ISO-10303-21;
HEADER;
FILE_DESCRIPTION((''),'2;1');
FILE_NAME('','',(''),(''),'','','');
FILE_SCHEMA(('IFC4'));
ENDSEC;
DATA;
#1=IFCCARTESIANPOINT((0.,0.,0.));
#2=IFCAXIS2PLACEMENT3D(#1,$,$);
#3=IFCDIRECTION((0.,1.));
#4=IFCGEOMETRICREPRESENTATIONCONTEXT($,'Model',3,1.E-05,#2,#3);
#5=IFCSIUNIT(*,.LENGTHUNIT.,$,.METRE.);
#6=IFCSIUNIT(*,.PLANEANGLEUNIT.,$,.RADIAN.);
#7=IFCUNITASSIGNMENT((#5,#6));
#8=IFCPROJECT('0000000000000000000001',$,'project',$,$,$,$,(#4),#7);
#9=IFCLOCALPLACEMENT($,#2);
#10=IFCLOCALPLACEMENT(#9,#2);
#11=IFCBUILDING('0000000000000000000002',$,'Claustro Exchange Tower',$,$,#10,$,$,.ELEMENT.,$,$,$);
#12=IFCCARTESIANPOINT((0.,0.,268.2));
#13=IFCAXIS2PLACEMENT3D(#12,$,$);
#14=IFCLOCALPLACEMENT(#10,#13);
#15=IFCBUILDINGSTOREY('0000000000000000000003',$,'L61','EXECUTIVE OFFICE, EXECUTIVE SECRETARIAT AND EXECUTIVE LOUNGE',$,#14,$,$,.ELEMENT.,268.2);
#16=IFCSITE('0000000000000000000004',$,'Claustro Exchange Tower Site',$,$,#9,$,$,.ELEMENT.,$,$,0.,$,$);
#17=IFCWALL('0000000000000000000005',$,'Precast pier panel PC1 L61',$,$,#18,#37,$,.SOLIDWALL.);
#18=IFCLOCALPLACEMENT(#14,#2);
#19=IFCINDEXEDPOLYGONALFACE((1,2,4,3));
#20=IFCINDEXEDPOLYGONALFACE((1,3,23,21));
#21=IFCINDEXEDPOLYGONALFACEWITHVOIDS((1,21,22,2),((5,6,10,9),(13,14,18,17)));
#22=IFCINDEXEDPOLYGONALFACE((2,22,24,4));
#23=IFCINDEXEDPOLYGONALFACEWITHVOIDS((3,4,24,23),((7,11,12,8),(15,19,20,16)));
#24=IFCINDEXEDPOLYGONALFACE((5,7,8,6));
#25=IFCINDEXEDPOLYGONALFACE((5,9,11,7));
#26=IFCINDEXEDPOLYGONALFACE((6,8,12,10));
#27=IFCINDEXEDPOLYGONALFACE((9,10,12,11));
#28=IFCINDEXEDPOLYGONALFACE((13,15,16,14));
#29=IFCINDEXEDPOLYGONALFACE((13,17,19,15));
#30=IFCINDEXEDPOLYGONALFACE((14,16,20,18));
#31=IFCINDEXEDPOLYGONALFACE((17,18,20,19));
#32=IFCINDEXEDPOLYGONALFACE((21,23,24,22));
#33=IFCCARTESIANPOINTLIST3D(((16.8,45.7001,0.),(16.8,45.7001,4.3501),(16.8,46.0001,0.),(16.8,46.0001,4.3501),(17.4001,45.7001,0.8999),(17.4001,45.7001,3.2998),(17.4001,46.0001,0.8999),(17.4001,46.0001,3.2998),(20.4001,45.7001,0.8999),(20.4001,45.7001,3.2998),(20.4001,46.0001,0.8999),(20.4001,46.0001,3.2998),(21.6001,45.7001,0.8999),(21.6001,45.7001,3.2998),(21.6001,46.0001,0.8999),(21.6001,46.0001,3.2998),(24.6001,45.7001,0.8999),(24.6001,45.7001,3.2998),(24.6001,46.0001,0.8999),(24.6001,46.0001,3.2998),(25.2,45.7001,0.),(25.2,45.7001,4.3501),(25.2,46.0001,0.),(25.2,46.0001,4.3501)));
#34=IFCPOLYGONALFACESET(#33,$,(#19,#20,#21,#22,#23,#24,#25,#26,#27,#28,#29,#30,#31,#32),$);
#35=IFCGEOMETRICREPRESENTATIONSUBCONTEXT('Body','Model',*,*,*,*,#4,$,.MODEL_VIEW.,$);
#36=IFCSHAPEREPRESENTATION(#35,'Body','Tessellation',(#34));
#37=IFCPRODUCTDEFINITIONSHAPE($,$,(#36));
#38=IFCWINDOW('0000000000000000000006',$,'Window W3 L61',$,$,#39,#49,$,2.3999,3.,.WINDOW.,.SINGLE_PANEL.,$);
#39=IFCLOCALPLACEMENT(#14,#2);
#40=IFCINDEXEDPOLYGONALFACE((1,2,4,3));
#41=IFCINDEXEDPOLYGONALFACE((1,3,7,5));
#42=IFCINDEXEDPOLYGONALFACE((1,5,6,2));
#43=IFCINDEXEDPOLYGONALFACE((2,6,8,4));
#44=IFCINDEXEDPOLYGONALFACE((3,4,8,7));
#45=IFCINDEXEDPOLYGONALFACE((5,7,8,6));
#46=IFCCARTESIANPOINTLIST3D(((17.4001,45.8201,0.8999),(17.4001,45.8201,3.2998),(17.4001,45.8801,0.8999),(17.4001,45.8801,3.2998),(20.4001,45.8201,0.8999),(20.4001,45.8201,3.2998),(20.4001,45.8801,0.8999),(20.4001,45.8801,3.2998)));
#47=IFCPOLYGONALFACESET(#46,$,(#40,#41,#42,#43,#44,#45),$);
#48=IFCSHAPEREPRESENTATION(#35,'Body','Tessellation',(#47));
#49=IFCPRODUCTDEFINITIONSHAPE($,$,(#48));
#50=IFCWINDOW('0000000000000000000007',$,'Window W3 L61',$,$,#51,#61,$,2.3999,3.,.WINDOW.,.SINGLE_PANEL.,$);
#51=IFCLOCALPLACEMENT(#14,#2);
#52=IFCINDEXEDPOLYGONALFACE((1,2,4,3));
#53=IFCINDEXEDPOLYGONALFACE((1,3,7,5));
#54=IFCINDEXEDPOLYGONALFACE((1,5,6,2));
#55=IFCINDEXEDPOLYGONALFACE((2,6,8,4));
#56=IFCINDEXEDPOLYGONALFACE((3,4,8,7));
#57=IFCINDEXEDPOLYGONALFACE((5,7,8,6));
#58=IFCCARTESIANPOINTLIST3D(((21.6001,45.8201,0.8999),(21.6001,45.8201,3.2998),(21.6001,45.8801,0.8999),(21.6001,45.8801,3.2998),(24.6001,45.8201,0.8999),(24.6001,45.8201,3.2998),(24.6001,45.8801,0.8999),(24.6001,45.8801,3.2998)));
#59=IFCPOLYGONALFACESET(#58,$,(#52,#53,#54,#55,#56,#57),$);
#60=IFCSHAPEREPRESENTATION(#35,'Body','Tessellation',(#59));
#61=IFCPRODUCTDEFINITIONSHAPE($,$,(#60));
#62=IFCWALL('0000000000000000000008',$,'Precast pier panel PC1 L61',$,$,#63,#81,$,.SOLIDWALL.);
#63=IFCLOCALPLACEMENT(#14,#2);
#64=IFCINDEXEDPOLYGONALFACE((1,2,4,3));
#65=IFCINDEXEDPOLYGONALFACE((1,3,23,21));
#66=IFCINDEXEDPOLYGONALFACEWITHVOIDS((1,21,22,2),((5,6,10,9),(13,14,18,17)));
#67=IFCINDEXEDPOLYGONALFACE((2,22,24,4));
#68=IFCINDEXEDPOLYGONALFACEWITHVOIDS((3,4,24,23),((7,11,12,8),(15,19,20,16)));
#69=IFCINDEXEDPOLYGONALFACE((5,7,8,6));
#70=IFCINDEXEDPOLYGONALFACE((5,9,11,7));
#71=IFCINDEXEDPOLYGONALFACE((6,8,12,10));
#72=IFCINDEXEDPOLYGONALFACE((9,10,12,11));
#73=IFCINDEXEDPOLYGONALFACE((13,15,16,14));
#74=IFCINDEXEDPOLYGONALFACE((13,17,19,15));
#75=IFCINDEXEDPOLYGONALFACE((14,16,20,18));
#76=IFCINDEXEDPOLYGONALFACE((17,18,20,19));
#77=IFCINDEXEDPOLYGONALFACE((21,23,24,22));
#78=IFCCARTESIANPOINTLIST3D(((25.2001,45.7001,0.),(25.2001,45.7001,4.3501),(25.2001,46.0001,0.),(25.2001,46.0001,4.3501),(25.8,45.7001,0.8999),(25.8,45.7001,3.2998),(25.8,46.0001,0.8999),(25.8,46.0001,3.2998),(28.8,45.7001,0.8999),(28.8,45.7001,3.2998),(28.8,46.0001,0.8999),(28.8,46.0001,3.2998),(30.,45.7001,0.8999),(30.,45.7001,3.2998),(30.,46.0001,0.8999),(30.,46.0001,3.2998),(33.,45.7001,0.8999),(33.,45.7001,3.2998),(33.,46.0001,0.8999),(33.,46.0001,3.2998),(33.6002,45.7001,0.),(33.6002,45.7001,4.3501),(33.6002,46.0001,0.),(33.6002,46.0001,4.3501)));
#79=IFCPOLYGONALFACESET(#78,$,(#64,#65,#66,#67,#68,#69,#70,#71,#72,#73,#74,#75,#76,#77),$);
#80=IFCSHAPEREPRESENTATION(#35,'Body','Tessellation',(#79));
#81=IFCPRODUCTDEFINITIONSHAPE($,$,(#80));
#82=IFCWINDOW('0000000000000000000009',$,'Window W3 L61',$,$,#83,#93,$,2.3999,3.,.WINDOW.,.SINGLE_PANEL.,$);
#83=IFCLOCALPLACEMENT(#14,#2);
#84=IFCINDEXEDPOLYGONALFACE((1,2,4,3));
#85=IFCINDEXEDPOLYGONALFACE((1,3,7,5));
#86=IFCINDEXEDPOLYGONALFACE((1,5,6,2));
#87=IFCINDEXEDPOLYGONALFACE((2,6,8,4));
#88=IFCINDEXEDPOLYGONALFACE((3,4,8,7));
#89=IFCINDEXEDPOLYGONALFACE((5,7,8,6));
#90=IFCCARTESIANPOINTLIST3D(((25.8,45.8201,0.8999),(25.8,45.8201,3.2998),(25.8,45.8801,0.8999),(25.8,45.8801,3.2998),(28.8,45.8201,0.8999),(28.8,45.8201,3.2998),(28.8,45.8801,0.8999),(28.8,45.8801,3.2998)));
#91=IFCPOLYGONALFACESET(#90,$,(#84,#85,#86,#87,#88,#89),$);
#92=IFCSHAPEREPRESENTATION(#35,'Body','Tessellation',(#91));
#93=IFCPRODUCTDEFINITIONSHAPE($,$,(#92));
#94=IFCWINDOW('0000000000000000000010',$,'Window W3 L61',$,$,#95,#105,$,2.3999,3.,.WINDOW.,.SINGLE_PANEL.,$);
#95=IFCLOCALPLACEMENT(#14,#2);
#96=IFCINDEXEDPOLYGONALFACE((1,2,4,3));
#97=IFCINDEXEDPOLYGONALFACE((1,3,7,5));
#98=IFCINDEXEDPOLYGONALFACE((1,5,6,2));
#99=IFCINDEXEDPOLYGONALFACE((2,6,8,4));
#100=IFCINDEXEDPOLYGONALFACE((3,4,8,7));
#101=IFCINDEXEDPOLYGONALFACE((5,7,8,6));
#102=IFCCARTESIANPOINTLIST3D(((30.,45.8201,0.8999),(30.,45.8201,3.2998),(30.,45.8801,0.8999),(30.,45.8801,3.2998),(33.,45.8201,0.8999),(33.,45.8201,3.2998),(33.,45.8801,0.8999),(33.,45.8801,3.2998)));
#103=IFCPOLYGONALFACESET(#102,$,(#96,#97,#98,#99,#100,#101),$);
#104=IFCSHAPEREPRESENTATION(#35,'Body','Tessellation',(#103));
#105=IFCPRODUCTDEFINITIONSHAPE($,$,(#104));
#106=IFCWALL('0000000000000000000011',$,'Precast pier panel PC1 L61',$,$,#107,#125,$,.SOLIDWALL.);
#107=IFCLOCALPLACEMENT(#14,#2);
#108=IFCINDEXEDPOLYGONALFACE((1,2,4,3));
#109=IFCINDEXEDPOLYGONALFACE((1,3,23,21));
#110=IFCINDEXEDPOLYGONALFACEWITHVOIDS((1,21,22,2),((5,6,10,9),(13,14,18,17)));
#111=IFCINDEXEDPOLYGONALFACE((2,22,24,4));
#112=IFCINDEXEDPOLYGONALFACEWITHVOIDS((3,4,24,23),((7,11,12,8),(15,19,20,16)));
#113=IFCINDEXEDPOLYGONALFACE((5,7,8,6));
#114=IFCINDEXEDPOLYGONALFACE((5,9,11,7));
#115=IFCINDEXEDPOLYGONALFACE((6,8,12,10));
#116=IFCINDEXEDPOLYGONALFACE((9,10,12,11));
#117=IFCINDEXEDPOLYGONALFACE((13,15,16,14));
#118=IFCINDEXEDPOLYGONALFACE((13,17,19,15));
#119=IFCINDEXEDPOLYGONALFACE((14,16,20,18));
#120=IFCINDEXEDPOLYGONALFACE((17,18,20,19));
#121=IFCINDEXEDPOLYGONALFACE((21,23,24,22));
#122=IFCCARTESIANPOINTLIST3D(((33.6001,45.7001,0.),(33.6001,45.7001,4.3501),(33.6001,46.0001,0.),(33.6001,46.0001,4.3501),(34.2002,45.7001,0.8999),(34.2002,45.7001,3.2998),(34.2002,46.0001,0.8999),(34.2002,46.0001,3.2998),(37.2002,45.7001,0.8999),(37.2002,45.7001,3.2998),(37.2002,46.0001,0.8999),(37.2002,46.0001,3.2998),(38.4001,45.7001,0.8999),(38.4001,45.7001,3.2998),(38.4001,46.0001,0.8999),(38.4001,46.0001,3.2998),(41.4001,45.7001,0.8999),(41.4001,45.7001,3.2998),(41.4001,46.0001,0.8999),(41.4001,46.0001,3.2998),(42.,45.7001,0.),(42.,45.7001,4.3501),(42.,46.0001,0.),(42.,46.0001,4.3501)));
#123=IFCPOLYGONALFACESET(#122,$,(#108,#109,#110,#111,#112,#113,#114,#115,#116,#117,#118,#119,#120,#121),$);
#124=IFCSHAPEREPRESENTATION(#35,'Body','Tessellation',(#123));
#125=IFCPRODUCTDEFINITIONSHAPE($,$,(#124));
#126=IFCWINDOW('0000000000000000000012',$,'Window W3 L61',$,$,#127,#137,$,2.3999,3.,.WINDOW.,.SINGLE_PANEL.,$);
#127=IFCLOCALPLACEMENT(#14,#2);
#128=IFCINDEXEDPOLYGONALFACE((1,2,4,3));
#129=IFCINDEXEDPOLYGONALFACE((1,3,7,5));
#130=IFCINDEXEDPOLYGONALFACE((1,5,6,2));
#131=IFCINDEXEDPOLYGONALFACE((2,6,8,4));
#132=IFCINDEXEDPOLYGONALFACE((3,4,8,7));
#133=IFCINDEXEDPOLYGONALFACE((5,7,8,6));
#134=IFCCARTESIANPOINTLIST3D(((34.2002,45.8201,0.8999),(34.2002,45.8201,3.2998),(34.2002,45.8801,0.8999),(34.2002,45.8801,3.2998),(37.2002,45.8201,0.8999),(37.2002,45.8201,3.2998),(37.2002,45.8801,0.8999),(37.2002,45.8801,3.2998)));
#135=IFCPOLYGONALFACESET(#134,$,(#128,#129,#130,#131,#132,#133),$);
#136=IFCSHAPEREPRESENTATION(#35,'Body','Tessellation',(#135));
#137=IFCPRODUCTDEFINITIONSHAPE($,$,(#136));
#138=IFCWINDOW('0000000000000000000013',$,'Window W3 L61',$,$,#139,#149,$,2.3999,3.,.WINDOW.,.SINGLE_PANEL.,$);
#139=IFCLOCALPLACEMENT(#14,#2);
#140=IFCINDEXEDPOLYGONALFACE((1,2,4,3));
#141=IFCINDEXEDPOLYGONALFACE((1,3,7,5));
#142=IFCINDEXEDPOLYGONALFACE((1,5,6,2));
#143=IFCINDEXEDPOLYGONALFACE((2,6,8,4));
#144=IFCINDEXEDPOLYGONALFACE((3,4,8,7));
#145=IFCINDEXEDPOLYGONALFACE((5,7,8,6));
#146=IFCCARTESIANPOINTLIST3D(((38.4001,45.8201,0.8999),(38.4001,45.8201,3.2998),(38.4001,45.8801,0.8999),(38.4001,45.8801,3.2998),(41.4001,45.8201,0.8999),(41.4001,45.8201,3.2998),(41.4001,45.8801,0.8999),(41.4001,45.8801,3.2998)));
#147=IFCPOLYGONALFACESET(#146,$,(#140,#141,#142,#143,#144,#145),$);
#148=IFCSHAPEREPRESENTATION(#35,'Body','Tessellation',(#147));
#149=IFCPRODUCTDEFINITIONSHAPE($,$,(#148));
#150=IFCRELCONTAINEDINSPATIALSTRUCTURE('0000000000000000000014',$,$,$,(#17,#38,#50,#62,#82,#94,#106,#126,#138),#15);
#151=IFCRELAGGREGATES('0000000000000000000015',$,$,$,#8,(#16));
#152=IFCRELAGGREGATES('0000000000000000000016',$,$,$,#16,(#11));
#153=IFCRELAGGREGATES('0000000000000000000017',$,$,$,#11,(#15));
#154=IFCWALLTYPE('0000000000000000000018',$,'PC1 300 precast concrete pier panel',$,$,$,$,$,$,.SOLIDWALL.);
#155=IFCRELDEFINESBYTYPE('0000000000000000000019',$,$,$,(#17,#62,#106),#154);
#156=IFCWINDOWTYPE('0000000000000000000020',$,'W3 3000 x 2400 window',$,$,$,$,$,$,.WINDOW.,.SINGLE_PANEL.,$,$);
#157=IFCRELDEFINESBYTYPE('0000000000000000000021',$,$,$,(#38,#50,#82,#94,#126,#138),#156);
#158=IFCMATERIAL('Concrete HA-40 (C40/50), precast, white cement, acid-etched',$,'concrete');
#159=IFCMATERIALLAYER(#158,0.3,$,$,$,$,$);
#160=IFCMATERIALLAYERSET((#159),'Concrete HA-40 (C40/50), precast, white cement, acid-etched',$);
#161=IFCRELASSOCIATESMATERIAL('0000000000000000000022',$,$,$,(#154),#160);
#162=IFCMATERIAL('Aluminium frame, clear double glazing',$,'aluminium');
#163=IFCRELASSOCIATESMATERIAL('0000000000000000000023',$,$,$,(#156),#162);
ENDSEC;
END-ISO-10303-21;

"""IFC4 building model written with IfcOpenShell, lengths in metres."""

from ifc_helpers import new_model, si_unit, direction, frame, frame_2d, origin, place, context, subcontext, project, spatial, rectangle, extrude, material, layer, layer_set, type_object, element, fill, save


model = new_model("IFC4")

# Units and contexts
model_context = context("Model", 3, precision=1e-05, world=origin(), true_north=direction((0.0, 1.0)))
body_context = subcontext(model_context, "Body", "Model", "MODEL_VIEW")
ifc_project = project(units=[si_unit("LENGTHUNIT", "METRE"), si_unit("PLANEANGLEUNIT", "RADIAN")], contexts=[model_context])

# Site, building, storey
site_placement = place(None, origin())
site = spatial("IfcSite", under=ifc_project, at=site_placement, Name="Claustro Exchange Tower Site", CompositionType="ELEMENT", RefElevation=0.0)
building_placement = place(site_placement, origin())
building = spatial("IfcBuilding", under=site, at=building_placement, Name="Claustro Exchange Tower", CompositionType="ELEMENT")
storey_placement = place(building_placement, frame((0.0, 0.0, 268.2)))
storey = spatial("IfcBuildingStorey", under=building, at=storey_placement, Name="L61", Description="EXECUTIVE OFFICE, EXECUTIVE SECRETARIAT AND EXECUTIVE LOUNGE", CompositionType="ELEMENT", Elevation=268.2)

# Walls, openings, windows
ifc_material_1 = material(Name="Concrete HA-40 (C40/50), precast, white cement, acid-etched", Category="concrete")
ifc_layer_1 = layer(ifc_material_1, 0.3)
ifc_layer_set_1 = layer_set([ifc_layer_1], Name="Concrete HA-40 (C40/50), precast, white cement, acid-etched")
wall_type_1 = type_object("IfcWallType", Name="PC1 300 precast concrete pier panel", PredefinedType="SOLIDWALL", material=ifc_layer_set_1)
wall_1_placement = place(storey_placement, frame((16.8, 45.8501, 0.0), z_axis=(0.0, 0.0, 1.0), x_axis=(1.0, 0.0, 0.0)))
wall_1 = element("IfcWall", 1, at=wall_1_placement, inside=storey, type_object=wall_type_1, Name="Precast pier panel PC1 L61", PredefinedType="SOLIDWALL", context=body_context, shape_type="SweptSolid", body=[
    extrude(rectangle(XDim=8.3999, YDim=0.3, at=frame_2d((4.2, 0.0))), origin(), (0.0, 0.0, 1.0), 4.3501),
])
opening_1_placement = place(wall_1_placement, frame((0.6001, 0.0, 0.8999)))
opening_1 = element("IfcOpeningElement", 2, at=opening_1_placement, cuts=wall_1, PredefinedType="OPENING", context=body_context, shape_type="SweptSolid", body=[
    extrude(rectangle(XDim=3.0, YDim=2.3999, at=frame_2d((1.5, 1.2))), frame((0.0, 0.1599, 0.0), z_axis=(0.0, -1.0, 0.0), x_axis=(1.0, 0.0, 0.0)), (0.0, 0.0, 1.0), 0.3201),
])
opening_2_placement = place(wall_1_placement, frame((4.8, 0.0, 0.8999)))
opening_2 = element("IfcOpeningElement", 3, at=opening_2_placement, cuts=wall_1, PredefinedType="OPENING", context=body_context, shape_type="SweptSolid", body=[
    extrude(rectangle(XDim=3.0, YDim=2.3999, at=frame_2d((1.5, 1.2))), frame((0.0, 0.1599, 0.0), z_axis=(0.0, -1.0, 0.0), x_axis=(1.0, 0.0, 0.0)), (0.0, 0.0, 1.0), 0.3201),
])
ifc_material_2 = material(Name="Aluminium frame, clear double glazing", Category="aluminium")
window_type = type_object("IfcWindowType", Name="W3 3000 x 2400 window", PartitioningType="SINGLE_PANEL", PredefinedType="WINDOW", material=ifc_material_2)
window_1_placement = place(opening_1_placement, origin())
window_1 = element("IfcWindow", 4, at=window_1_placement, inside=storey, type_object=window_type, Name="Window W3 L61", OverallHeight=2.3999, OverallWidth=3.0, PartitioningType="SINGLE_PANEL", PredefinedType="WINDOW", context=body_context, shape_type="SweptSolid", body=[
    extrude(rectangle(XDim=3.0, YDim=2.3999, at=frame_2d((1.5, 1.2))), frame((0.0, 0.03, 0.0), z_axis=(0.0, -1.0, 0.0), x_axis=(1.0, 0.0, 0.0)), (0.0, 0.0, 1.0), 0.0601),
])
fill(opening_1, window_1)
window_2_placement = place(opening_2_placement, origin())
window_2 = element("IfcWindow", 5, at=window_2_placement, inside=storey, type_object=window_type, Name="Window W3 L61", OverallHeight=2.3999, OverallWidth=3.0, PartitioningType="SINGLE_PANEL", PredefinedType="WINDOW", context=body_context, shape_type="SweptSolid", body=[
    extrude(rectangle(XDim=3.0, YDim=2.3999, at=frame_2d((1.5, 1.2))), frame((0.0, 0.03, 0.0), z_axis=(0.0, -1.0, 0.0), x_axis=(1.0, 0.0, 0.0)), (0.0, 0.0, 1.0), 0.0601),
])
fill(opening_2, window_2)
wall_2_placement = place(storey_placement, frame((25.2, 45.8501, 0.0), z_axis=(0.0, 0.0, 1.0), x_axis=(1.0, 0.0, 0.0)))
wall_2 = element("IfcWall", 6, at=wall_2_placement, inside=storey, type_object=wall_type_1, Name="Precast pier panel PC1 L61", PredefinedType="SOLIDWALL", context=body_context, shape_type="SweptSolid", body=[
    extrude(rectangle(XDim=8.4001, YDim=0.3, at=frame_2d((4.2002, 0.0))), origin(), (0.0, 0.0, 1.0), 4.3501),
])
opening_3_placement = place(wall_2_placement, frame((0.6001, 0.0, 0.8999)))
opening_3 = element("IfcOpeningElement", 7, at=opening_3_placement, cuts=wall_2, PredefinedType="OPENING", context=body_context, shape_type="SweptSolid", body=[
    extrude(rectangle(XDim=3.0, YDim=2.3999, at=frame_2d((1.5, 1.2))), frame((0.0, 0.1599, 0.0), z_axis=(0.0, -1.0, 0.0), x_axis=(1.0, 0.0, 0.0)), (0.0, 0.0, 1.0), 0.3201),
])
opening_4_placement = place(wall_2_placement, frame((4.8, 0.0, 0.8999)))
opening_4 = element("IfcOpeningElement", 8, at=opening_4_placement, cuts=wall_2, PredefinedType="OPENING", context=body_context, shape_type="SweptSolid", body=[
    extrude(rectangle(XDim=3.0, YDim=2.3999, at=frame_2d((1.5, 1.2))), frame((0.0, 0.1599, 0.0), z_axis=(0.0, -1.0, 0.0), x_axis=(1.0, 0.0, 0.0)), (0.0, 0.0, 1.0), 0.3201),
])
window_3_placement = place(opening_3_placement, origin())
window_3 = element("IfcWindow", 9, at=window_3_placement, inside=storey, type_object=window_type, Name="Window W3 L61", OverallHeight=2.3999, OverallWidth=3.0, PartitioningType="SINGLE_PANEL", PredefinedType="WINDOW", context=body_context, shape_type="SweptSolid", body=[
    extrude(rectangle(XDim=3.0, YDim=2.3999, at=frame_2d((1.5, 1.2))), frame((0.0, 0.03, 0.0), z_axis=(0.0, -1.0, 0.0), x_axis=(1.0, 0.0, 0.0)), (0.0, 0.0, 1.0), 0.0601),
])
fill(opening_3, window_3)
window_4_placement = place(opening_4_placement, origin())
window_4 = element("IfcWindow", 10, at=window_4_placement, inside=storey, type_object=window_type, Name="Window W3 L61", OverallHeight=2.3999, OverallWidth=3.0, PartitioningType="SINGLE_PANEL", PredefinedType="WINDOW", context=body_context, shape_type="SweptSolid", body=[
    extrude(rectangle(XDim=3.0, YDim=2.3999, at=frame_2d((1.5, 1.2))), frame((0.0, 0.03, 0.0), z_axis=(0.0, -1.0, 0.0), x_axis=(1.0, 0.0, 0.0)), (0.0, 0.0, 1.0), 0.0601),
])
fill(opening_4, window_4)
wall_3_placement = place(storey_placement, frame((33.6001, 45.8501, 0.0), z_axis=(0.0, 0.0, 1.0), x_axis=(1.0, 0.0, 0.0)))
wall_3 = element("IfcWall", 11, at=wall_3_placement, inside=storey, type_object=wall_type_1, Name="Precast pier panel PC1 L61", PredefinedType="SOLIDWALL", context=body_context, shape_type="SweptSolid", body=[
    extrude(rectangle(XDim=8.3999, YDim=0.3, at=frame_2d((4.2, 0.0))), origin(), (0.0, 0.0, 1.0), 4.3501),
])
opening_5_placement = place(wall_3_placement, frame((0.6001, 0.0, 0.8999)))
opening_5 = element("IfcOpeningElement", 12, at=opening_5_placement, cuts=wall_3, PredefinedType="OPENING", context=body_context, shape_type="SweptSolid", body=[
    extrude(rectangle(XDim=3.0, YDim=2.3999, at=frame_2d((1.5, 1.2))), frame((0.0, 0.1599, 0.0), z_axis=(0.0, -1.0, 0.0), x_axis=(1.0, 0.0, 0.0)), (0.0, 0.0, 1.0), 0.3201),
])
opening_6_placement = place(wall_3_placement, frame((4.8, 0.0, 0.8999)))
opening_6 = element("IfcOpeningElement", 13, at=opening_6_placement, cuts=wall_3, PredefinedType="OPENING", context=body_context, shape_type="SweptSolid", body=[
    extrude(rectangle(XDim=3.0, YDim=2.3999, at=frame_2d((1.5, 1.2))), frame((0.0, 0.1599, 0.0), z_axis=(0.0, -1.0, 0.0), x_axis=(1.0, 0.0, 0.0)), (0.0, 0.0, 1.0), 0.3201),
])
window_5_placement = place(opening_5_placement, origin())
window_5 = element("IfcWindow", 14, at=window_5_placement, inside=storey, type_object=window_type, Name="Window W3 L61", OverallHeight=2.3999, OverallWidth=3.0, PartitioningType="SINGLE_PANEL", PredefinedType="WINDOW", context=body_context, shape_type="SweptSolid", body=[
    extrude(rectangle(XDim=3.0, YDim=2.3999, at=frame_2d((1.5, 1.2))), frame((0.0, 0.03, 0.0), z_axis=(0.0, -1.0, 0.0), x_axis=(1.0, 0.0, 0.0)), (0.0, 0.0, 1.0), 0.0601),
])
fill(opening_5, window_5)
window_6_placement = place(opening_6_placement, origin())
window_6 = element("IfcWindow", 15, at=window_6_placement, inside=storey, type_object=window_type, Name="Window W3 L61", OverallHeight=2.3999, OverallWidth=3.0, PartitioningType="SINGLE_PANEL", PredefinedType="WINDOW", context=body_context, shape_type="SweptSolid", body=[
    extrude(rectangle(XDim=3.0, YDim=2.3999, at=frame_2d((1.5, 1.2))), frame((0.0, 0.03, 0.0), z_axis=(0.0, -1.0, 0.0), x_axis=(1.0, 0.0, 0.0)), (0.0, 0.0, 1.0), 0.0601),
])
fill(opening_6, window_6)

save(model, "model.ifc")
